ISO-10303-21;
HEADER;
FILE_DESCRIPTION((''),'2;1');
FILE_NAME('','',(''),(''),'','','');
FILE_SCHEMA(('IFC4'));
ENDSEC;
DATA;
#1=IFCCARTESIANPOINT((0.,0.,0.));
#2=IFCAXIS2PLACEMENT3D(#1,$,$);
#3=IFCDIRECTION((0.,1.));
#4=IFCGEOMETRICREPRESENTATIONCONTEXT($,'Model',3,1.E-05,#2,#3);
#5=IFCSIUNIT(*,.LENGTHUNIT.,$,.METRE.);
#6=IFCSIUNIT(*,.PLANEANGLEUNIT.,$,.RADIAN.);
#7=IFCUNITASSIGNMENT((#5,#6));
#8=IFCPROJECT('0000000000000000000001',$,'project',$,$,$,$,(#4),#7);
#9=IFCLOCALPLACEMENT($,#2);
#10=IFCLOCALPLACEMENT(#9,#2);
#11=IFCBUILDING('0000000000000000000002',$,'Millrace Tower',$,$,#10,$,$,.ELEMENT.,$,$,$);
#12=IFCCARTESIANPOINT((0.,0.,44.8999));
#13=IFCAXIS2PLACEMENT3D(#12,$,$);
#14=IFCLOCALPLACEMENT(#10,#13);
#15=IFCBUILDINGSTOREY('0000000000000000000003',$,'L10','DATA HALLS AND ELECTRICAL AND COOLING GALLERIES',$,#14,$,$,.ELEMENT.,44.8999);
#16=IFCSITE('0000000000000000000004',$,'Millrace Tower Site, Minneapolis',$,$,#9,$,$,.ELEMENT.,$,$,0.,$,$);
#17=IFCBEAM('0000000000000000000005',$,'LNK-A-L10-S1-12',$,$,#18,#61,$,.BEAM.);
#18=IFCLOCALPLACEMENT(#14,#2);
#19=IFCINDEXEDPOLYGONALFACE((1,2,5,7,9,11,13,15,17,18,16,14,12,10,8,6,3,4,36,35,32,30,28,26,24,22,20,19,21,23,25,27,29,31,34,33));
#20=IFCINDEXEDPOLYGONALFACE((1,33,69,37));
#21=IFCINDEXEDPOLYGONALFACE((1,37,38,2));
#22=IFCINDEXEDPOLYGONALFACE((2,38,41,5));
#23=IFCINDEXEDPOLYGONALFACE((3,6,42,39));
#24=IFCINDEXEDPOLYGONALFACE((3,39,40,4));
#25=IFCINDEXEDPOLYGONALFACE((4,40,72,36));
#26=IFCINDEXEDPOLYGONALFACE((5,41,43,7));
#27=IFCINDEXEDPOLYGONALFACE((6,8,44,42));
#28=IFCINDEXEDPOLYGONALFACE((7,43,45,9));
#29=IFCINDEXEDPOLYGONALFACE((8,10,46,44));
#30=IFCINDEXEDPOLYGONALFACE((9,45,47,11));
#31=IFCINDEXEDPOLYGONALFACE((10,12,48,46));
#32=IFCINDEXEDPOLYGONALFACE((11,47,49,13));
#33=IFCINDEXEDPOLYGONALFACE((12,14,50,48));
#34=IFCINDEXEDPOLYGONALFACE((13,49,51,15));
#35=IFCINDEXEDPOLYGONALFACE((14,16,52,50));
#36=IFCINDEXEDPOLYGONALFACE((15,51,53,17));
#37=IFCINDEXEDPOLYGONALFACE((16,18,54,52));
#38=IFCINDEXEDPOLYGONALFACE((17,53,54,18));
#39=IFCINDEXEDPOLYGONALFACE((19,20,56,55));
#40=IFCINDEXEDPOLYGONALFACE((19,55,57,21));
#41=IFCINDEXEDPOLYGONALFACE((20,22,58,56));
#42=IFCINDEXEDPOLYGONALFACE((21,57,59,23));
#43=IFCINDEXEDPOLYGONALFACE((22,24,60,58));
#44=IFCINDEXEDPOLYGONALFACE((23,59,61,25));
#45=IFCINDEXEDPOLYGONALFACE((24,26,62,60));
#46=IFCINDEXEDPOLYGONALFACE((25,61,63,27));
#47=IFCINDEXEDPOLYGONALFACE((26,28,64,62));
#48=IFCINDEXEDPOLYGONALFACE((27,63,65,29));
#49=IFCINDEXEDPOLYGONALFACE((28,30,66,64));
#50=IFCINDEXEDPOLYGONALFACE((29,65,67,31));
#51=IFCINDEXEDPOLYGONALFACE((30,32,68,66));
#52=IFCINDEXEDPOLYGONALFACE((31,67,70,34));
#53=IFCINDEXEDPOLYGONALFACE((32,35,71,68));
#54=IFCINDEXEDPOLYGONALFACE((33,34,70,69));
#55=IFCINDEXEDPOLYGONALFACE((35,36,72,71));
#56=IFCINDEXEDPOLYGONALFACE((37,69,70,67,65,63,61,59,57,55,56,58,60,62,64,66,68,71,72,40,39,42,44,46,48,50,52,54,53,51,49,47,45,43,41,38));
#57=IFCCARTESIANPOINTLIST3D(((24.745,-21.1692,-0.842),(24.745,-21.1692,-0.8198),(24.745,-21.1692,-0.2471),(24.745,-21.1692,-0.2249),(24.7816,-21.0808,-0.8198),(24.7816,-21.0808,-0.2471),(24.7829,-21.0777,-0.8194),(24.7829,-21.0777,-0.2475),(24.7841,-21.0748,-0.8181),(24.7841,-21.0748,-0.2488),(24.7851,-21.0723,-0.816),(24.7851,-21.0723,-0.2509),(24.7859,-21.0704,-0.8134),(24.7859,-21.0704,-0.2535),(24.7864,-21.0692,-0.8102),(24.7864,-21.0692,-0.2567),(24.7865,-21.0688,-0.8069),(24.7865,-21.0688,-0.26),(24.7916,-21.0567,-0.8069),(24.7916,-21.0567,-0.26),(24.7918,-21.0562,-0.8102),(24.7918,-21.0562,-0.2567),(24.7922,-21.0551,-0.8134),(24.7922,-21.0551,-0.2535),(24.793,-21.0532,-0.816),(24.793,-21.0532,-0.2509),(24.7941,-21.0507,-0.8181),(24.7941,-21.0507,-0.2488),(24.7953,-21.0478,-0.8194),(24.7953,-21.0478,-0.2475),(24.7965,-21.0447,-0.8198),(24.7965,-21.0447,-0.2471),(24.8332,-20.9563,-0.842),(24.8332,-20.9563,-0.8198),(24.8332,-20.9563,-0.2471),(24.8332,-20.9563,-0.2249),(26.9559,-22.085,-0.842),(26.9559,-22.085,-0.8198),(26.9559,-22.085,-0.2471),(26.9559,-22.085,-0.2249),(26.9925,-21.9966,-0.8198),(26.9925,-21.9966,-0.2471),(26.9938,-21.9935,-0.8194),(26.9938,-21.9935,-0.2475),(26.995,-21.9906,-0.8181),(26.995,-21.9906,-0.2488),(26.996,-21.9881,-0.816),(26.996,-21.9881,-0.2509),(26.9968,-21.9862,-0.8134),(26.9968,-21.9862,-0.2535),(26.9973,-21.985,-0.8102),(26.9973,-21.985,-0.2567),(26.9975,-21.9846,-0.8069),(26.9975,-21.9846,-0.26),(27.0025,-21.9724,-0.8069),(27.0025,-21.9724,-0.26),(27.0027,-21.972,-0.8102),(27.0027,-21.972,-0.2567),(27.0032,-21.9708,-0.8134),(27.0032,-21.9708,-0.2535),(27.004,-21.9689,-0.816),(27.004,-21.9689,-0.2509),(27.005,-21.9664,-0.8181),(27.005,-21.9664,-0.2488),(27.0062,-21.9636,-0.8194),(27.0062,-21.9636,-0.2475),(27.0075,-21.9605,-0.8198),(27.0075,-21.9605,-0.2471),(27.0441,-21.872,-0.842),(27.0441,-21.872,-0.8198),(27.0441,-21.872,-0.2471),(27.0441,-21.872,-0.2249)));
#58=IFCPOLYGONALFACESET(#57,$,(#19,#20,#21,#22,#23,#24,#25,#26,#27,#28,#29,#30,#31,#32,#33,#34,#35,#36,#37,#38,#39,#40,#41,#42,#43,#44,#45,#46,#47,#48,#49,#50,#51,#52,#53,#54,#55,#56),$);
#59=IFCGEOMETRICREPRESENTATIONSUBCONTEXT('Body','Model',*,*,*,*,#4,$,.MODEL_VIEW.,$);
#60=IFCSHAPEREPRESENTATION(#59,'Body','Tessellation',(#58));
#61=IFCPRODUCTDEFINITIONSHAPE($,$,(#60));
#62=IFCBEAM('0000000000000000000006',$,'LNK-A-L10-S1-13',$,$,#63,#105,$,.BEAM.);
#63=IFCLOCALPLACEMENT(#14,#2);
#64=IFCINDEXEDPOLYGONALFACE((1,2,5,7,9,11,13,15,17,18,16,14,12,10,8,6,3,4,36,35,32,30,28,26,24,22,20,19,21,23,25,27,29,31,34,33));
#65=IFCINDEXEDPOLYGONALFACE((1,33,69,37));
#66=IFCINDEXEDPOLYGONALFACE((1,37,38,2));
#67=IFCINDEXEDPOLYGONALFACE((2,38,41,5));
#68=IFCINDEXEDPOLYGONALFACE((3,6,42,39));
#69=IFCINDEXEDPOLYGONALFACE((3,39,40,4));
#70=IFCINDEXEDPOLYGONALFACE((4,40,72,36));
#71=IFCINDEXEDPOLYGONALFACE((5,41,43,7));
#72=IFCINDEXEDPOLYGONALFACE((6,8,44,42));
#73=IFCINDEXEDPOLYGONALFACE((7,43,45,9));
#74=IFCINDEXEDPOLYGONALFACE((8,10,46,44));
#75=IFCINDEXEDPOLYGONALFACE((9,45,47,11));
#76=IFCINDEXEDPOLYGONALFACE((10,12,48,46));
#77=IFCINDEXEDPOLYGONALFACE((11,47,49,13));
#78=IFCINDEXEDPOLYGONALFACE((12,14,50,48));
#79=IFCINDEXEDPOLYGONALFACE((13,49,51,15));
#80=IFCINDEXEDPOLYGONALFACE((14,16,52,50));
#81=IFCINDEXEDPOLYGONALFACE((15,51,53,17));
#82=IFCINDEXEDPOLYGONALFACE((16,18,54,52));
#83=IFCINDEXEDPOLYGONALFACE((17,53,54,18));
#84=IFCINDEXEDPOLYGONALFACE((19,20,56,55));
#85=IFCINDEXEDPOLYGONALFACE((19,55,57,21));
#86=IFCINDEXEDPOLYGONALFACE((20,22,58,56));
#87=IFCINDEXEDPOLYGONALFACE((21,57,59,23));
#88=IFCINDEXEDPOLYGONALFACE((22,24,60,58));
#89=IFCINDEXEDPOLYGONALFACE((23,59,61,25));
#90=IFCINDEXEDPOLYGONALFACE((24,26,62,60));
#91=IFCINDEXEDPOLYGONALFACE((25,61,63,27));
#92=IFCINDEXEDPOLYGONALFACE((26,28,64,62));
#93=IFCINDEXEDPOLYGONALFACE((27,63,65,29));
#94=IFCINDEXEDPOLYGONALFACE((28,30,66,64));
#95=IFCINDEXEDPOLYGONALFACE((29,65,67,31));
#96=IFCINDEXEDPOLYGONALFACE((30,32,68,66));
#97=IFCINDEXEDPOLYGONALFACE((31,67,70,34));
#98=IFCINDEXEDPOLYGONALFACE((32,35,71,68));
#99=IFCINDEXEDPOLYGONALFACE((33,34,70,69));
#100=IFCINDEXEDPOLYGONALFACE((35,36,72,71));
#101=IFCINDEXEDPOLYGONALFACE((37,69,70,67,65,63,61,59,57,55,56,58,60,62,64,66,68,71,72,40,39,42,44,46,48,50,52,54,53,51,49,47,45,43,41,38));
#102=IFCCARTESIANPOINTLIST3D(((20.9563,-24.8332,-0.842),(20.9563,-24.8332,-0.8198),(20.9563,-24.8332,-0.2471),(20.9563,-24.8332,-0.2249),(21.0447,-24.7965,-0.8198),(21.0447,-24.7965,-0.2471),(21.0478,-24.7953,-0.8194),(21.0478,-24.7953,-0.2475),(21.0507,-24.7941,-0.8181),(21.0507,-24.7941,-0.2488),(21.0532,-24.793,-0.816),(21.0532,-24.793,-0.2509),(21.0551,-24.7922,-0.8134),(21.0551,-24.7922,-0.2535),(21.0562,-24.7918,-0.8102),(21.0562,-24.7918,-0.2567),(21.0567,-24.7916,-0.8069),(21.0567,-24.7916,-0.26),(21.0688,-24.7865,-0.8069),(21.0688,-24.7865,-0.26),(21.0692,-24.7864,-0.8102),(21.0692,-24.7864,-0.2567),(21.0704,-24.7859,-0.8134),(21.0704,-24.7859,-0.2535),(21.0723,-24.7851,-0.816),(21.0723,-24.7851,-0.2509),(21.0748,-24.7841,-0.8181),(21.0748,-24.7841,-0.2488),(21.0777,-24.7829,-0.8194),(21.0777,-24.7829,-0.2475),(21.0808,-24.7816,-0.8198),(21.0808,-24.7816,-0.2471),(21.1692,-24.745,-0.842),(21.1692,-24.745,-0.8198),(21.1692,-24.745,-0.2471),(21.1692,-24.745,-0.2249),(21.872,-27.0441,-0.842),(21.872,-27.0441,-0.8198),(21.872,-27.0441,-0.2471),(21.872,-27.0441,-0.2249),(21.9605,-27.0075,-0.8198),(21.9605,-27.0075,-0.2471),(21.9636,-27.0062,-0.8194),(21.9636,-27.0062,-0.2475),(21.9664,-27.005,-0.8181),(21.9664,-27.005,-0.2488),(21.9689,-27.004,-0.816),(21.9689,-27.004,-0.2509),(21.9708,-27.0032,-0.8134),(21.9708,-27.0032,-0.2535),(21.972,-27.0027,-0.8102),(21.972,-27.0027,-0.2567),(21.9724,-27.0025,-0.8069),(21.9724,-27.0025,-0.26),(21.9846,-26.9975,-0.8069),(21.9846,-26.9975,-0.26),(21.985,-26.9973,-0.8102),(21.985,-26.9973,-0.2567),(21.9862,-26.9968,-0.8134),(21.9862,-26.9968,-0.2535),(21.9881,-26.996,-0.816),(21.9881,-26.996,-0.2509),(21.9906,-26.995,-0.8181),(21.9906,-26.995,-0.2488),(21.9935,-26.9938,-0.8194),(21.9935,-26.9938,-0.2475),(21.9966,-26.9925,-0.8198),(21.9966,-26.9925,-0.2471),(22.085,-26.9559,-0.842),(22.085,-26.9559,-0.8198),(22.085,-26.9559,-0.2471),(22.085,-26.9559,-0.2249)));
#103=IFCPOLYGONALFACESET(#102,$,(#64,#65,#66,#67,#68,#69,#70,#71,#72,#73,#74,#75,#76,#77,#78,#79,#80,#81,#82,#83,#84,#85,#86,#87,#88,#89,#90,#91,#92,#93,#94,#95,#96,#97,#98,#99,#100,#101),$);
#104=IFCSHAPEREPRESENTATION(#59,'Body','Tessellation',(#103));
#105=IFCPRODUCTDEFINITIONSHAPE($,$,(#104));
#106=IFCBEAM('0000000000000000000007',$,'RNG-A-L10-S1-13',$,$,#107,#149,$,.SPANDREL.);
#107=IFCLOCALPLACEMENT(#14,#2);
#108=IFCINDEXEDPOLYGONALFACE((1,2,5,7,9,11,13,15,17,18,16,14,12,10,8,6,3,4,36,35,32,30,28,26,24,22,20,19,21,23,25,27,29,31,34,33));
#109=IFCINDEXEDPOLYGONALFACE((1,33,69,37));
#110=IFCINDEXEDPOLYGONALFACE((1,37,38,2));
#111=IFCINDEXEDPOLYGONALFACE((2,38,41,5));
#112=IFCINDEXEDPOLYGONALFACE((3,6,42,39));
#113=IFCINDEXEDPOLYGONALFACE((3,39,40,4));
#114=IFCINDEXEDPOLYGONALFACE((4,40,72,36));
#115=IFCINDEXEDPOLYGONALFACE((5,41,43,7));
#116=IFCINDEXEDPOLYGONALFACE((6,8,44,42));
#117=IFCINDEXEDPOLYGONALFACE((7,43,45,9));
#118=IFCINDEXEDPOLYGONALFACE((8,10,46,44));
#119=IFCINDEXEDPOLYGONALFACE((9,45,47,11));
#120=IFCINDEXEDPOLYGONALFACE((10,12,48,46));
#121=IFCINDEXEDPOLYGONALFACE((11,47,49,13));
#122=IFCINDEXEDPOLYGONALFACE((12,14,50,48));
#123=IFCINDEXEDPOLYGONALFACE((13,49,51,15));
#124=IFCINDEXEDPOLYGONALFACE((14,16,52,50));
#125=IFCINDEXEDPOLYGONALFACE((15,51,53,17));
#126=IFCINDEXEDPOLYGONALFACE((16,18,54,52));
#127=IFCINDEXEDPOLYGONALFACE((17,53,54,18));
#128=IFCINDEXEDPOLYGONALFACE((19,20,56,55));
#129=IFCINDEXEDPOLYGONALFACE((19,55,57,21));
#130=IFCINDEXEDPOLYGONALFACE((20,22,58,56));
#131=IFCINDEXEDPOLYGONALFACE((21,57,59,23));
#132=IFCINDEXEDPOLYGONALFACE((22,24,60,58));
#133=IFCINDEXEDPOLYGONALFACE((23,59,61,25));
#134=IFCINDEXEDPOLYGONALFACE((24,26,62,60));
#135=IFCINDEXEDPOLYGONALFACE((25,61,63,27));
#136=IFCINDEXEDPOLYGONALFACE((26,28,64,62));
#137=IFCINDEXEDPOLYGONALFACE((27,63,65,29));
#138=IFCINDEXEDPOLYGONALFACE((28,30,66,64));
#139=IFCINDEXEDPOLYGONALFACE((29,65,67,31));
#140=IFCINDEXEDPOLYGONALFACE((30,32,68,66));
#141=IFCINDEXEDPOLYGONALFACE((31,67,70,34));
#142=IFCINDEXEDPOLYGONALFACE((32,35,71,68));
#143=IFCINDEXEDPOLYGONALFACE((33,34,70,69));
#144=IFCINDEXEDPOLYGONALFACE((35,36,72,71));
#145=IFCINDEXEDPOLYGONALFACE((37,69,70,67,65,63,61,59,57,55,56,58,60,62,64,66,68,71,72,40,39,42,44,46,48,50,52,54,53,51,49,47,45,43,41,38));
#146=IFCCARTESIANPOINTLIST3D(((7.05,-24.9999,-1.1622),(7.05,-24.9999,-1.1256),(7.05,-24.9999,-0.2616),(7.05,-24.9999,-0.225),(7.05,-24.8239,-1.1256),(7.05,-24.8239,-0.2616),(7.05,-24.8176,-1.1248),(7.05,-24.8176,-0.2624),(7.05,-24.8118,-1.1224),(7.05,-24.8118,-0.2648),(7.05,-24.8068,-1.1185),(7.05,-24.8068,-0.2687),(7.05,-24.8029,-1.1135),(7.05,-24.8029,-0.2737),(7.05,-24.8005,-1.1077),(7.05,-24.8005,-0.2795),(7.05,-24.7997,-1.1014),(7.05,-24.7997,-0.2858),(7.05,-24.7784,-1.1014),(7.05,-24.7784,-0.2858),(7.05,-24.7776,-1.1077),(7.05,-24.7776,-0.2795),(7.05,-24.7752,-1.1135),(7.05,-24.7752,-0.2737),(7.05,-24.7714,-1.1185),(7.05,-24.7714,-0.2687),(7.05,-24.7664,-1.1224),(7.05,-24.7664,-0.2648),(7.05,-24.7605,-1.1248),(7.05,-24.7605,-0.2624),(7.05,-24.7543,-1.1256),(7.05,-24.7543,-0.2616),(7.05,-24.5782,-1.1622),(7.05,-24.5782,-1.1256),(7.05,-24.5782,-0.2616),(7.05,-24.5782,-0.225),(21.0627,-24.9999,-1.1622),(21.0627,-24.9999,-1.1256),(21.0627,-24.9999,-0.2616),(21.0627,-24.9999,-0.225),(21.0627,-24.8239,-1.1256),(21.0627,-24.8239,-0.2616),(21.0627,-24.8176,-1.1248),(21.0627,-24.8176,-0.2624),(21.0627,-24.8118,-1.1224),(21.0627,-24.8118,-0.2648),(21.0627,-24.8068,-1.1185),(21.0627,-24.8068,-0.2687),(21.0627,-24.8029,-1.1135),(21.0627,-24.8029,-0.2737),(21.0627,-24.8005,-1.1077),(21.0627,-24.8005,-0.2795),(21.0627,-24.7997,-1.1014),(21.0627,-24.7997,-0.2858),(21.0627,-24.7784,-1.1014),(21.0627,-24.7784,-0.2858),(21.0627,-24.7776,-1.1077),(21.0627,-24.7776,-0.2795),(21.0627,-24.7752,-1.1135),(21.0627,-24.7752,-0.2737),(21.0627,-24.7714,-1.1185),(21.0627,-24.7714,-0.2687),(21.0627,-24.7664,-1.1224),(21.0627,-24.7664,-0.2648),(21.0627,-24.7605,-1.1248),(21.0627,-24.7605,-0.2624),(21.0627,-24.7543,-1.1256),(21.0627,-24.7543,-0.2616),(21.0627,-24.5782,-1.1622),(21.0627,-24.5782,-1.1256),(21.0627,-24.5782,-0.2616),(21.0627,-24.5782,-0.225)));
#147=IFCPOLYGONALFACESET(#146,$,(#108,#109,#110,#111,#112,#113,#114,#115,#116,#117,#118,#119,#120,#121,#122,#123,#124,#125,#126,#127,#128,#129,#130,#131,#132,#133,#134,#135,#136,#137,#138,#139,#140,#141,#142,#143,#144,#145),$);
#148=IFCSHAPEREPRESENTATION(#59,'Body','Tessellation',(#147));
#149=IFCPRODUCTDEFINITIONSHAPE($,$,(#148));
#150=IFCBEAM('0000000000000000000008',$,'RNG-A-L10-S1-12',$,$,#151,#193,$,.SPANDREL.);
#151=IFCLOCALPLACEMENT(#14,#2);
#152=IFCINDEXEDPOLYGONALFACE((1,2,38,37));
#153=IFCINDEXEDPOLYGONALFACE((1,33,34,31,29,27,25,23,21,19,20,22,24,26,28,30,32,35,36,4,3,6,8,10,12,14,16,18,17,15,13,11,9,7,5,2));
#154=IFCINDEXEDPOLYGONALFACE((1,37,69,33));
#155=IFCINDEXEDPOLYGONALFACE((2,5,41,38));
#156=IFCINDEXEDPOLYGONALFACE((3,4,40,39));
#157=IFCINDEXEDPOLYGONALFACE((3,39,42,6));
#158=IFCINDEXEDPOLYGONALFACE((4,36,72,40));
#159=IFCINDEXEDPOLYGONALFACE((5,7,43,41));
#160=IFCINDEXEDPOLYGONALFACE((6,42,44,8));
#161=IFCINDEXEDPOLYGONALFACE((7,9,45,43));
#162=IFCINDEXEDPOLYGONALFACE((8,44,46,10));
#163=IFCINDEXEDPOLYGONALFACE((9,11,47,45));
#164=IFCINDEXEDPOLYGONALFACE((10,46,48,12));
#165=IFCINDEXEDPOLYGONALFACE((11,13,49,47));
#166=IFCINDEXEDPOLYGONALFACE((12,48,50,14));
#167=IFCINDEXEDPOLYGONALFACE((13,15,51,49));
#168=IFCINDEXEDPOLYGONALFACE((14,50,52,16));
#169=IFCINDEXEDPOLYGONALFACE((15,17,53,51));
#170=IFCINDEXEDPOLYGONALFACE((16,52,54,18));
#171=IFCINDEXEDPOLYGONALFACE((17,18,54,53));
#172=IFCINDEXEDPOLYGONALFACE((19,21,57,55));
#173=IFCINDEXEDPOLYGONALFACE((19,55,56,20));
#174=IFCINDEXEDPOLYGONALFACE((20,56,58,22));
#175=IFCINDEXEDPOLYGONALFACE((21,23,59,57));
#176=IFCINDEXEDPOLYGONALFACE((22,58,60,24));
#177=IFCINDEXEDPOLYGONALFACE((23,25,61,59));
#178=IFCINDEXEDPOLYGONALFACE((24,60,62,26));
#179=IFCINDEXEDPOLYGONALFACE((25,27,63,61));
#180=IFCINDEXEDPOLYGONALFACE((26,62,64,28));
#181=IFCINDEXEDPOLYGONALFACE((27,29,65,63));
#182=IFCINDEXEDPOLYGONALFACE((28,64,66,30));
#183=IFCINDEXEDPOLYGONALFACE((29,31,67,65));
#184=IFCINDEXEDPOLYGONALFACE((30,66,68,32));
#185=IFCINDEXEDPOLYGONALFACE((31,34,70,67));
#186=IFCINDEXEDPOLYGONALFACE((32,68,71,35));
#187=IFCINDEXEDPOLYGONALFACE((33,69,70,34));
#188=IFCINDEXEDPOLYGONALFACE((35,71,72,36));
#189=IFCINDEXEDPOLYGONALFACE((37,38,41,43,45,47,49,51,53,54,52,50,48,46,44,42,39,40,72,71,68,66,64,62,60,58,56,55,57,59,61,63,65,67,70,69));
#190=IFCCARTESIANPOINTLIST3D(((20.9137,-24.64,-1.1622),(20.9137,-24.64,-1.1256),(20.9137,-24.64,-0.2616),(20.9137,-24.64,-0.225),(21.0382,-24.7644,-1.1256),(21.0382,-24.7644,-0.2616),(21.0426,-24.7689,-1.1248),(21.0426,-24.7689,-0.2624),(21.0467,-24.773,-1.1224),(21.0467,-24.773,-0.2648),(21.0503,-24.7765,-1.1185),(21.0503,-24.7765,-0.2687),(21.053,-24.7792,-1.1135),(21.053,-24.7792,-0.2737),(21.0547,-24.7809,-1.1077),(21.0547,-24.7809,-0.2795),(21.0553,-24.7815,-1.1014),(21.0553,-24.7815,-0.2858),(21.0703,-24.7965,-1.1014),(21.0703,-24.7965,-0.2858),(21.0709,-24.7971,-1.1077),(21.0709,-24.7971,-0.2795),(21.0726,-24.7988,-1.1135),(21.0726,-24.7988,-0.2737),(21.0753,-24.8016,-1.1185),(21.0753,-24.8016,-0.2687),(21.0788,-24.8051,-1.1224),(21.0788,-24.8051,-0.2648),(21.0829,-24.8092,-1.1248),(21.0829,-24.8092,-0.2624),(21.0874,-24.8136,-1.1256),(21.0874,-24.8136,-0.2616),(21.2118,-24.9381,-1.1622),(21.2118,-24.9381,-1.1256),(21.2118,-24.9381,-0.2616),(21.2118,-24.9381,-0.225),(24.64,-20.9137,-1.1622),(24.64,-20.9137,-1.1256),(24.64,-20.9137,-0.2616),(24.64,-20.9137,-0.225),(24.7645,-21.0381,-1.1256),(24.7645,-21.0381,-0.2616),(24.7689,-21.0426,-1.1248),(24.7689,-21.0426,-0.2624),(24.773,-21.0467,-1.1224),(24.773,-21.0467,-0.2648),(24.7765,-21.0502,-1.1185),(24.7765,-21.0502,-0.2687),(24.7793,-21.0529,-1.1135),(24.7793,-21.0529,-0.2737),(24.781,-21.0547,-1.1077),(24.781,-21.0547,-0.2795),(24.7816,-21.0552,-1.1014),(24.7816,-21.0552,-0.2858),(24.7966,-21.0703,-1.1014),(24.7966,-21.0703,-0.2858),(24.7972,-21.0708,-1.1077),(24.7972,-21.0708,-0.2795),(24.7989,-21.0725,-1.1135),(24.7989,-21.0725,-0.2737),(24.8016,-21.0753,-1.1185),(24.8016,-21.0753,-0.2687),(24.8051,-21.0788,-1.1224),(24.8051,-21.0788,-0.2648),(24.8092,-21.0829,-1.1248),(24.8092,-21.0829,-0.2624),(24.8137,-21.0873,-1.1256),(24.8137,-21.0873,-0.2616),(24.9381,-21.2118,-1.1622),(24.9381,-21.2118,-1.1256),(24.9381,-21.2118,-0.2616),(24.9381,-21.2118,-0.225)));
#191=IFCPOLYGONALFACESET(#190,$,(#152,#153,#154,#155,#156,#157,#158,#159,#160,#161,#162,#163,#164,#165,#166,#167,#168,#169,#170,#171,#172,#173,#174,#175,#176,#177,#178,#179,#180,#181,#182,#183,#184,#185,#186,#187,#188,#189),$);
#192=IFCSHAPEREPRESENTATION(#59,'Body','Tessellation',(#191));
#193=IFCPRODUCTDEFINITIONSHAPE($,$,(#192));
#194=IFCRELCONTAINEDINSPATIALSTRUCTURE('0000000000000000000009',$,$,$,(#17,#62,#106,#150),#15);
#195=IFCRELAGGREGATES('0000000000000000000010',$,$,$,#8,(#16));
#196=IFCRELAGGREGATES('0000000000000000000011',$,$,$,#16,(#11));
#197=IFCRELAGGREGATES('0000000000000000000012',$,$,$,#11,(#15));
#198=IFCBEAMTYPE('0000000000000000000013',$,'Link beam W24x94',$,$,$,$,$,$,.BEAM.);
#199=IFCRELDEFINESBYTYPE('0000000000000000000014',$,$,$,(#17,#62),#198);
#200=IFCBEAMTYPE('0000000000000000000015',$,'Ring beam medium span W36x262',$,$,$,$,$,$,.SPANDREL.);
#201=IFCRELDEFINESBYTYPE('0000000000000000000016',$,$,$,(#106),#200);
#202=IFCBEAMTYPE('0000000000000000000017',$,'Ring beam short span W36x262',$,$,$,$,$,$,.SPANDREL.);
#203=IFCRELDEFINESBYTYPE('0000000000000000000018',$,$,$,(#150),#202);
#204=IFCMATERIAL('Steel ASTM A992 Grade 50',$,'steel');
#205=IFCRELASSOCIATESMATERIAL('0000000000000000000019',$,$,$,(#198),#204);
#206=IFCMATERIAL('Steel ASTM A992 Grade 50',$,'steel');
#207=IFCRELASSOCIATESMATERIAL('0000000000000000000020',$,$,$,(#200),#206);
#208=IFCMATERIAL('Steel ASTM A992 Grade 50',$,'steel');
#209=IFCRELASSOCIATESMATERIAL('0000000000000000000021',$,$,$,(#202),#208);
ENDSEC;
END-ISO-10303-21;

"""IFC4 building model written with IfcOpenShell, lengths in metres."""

from ifc_helpers import new_model, si_unit, direction, frame, origin, origin_2d, place, context, subcontext, project, spatial, i_section, extrude, material, material_profile, profile_set, type_object, element, save


model = new_model("IFC4")

# Units and contexts
model_context = context("Model", 3, precision=1e-05, world=origin(), true_north=direction((0.0, 1.0)))
body_context = subcontext(model_context, "Body", "Model", "MODEL_VIEW")
ifc_project = project(units=[si_unit("LENGTHUNIT", "METRE"), si_unit("PLANEANGLEUNIT", "RADIAN")], contexts=[model_context])

# Site, building, storey
site_placement = place(None, origin())
site = spatial("IfcSite", under=ifc_project, at=site_placement, Name="Millrace Tower Site, Minneapolis", CompositionType="ELEMENT", RefElevation=0.0)
building_placement = place(site_placement, origin())
building = spatial("IfcBuilding", under=site, at=building_placement, Name="Millrace Tower", CompositionType="ELEMENT")
storey_placement = place(building_placement, frame((0.0, 0.0, 44.8999)))
storey = spatial("IfcBuildingStorey", under=building, at=storey_placement, Name="L10", Description="DATA HALLS AND ELECTRICAL AND COOLING GALLERIES", CompositionType="ELEMENT", Elevation=44.8999)

# Beams
ifc_material_1 = material(Name="Steel ASTM A992 Grade 50", Category="steel")
ifc_material_profile_1 = material_profile(ifc_material_1, i_section(OverallWidth=0.2305, OverallDepth=0.6172, WebThickness=0.0132, FlangeThickness=0.0222, FilletRadius=0.0129, at=origin_2d()))
ifc_profile_set_1 = profile_set([ifc_material_profile_1], Name="Steel ASTM A992 Grade 50")
beam_type_1 = type_object("IfcBeamType", Name="Link beam W24x94", PredefinedType="BEAM", material=ifc_profile_set_1)
for number, where, z_axis, x_axis, name in (
    (1, (24.7891, -21.0627, -0.5334), (0.923884, -0.382673, 0.0), (0.382673, 0.923884, 0.0), "LNK-A-L10-S1-12"),
    (2, (21.0627, -24.7891, -0.5334), (0.382673, -0.923884, 0.0), (0.923884, 0.382673, 0.0), "LNK-A-L10-S1-13"),
):
    element("IfcBeam", number, at=place(storey_placement, frame(where, z_axis=z_axis, x_axis=x_axis)), inside=storey, type_object=beam_type_1, Name=name, PredefinedType="BEAM", context=body_context, shape_type="SweptSolid", body=[
        extrude(i_section(OverallWidth=0.2305, OverallDepth=0.6172, WebThickness=0.0132, FlangeThickness=0.0222, FilletRadius=0.0129, at=origin_2d()), origin(), (0.0, 0.0, 1.0), 2.3931),
    ])
ifc_material_2 = material(Name="Steel ASTM A992 Grade 50", Category="steel")
ifc_material_profile_2 = material_profile(ifc_material_2, i_section(OverallWidth=0.4216, OverallDepth=0.9373, WebThickness=0.0212, FlangeThickness=0.0366, FilletRadius=0.0242, at=origin_2d()))
ifc_profile_set_2 = profile_set([ifc_material_profile_2], Name="Steel ASTM A992 Grade 50")
beam_type_2 = type_object("IfcBeamType", Name="Ring beam medium span W36x262", PredefinedType="SPANDREL", material=ifc_profile_set_2)
beam_1_placement = place(storey_placement, frame((21.0627, -24.7891, -0.6936), z_axis=(-1.0, 0.0, 0.0), x_axis=(0.0, -1.0, 0.0)))
element("IfcBeam", 3, at=beam_1_placement, inside=storey, type_object=beam_type_2, Name="RNG-A-L10-S1-13", PredefinedType="SPANDREL", context=body_context, shape_type="SweptSolid", body=[
    extrude(i_section(OverallWidth=0.4216, OverallDepth=0.9373, WebThickness=0.0212, FlangeThickness=0.0366, FilletRadius=0.0242, at=origin_2d()), origin(), (0.0, 0.0, 1.0), 14.0127),
])
ifc_material_3 = material(Name="Steel ASTM A992 Grade 50", Category="steel")
ifc_material_profile_3 = material_profile(ifc_material_3, i_section(OverallWidth=0.4216, OverallDepth=0.9373, WebThickness=0.0212, FlangeThickness=0.0366, FilletRadius=0.0242, at=origin_2d()))
ifc_profile_set_3 = profile_set([ifc_material_profile_3], Name="Steel ASTM A992 Grade 50")
beam_type_3 = type_object("IfcBeamType", Name="Ring beam short span W36x262", PredefinedType="SPANDREL", material=ifc_profile_set_3)
beam_2_placement = place(storey_placement, frame((24.7891, -21.0627, -0.6936), z_axis=(-0.707107, -0.707107, 0.0), x_axis=(0.707107, -0.707107, 0.0)))
element("IfcBeam", 4, at=beam_2_placement, inside=storey, type_object=beam_type_3, Name="RNG-A-L10-S1-12", PredefinedType="SPANDREL", context=body_context, shape_type="SweptSolid", body=[
    extrude(i_section(OverallWidth=0.4216, OverallDepth=0.9373, WebThickness=0.0212, FlangeThickness=0.0366, FilletRadius=0.0242, at=origin_2d()), origin(), (0.0, 0.0, 1.0), 5.2698),
])

save(model, "model.ifc")
